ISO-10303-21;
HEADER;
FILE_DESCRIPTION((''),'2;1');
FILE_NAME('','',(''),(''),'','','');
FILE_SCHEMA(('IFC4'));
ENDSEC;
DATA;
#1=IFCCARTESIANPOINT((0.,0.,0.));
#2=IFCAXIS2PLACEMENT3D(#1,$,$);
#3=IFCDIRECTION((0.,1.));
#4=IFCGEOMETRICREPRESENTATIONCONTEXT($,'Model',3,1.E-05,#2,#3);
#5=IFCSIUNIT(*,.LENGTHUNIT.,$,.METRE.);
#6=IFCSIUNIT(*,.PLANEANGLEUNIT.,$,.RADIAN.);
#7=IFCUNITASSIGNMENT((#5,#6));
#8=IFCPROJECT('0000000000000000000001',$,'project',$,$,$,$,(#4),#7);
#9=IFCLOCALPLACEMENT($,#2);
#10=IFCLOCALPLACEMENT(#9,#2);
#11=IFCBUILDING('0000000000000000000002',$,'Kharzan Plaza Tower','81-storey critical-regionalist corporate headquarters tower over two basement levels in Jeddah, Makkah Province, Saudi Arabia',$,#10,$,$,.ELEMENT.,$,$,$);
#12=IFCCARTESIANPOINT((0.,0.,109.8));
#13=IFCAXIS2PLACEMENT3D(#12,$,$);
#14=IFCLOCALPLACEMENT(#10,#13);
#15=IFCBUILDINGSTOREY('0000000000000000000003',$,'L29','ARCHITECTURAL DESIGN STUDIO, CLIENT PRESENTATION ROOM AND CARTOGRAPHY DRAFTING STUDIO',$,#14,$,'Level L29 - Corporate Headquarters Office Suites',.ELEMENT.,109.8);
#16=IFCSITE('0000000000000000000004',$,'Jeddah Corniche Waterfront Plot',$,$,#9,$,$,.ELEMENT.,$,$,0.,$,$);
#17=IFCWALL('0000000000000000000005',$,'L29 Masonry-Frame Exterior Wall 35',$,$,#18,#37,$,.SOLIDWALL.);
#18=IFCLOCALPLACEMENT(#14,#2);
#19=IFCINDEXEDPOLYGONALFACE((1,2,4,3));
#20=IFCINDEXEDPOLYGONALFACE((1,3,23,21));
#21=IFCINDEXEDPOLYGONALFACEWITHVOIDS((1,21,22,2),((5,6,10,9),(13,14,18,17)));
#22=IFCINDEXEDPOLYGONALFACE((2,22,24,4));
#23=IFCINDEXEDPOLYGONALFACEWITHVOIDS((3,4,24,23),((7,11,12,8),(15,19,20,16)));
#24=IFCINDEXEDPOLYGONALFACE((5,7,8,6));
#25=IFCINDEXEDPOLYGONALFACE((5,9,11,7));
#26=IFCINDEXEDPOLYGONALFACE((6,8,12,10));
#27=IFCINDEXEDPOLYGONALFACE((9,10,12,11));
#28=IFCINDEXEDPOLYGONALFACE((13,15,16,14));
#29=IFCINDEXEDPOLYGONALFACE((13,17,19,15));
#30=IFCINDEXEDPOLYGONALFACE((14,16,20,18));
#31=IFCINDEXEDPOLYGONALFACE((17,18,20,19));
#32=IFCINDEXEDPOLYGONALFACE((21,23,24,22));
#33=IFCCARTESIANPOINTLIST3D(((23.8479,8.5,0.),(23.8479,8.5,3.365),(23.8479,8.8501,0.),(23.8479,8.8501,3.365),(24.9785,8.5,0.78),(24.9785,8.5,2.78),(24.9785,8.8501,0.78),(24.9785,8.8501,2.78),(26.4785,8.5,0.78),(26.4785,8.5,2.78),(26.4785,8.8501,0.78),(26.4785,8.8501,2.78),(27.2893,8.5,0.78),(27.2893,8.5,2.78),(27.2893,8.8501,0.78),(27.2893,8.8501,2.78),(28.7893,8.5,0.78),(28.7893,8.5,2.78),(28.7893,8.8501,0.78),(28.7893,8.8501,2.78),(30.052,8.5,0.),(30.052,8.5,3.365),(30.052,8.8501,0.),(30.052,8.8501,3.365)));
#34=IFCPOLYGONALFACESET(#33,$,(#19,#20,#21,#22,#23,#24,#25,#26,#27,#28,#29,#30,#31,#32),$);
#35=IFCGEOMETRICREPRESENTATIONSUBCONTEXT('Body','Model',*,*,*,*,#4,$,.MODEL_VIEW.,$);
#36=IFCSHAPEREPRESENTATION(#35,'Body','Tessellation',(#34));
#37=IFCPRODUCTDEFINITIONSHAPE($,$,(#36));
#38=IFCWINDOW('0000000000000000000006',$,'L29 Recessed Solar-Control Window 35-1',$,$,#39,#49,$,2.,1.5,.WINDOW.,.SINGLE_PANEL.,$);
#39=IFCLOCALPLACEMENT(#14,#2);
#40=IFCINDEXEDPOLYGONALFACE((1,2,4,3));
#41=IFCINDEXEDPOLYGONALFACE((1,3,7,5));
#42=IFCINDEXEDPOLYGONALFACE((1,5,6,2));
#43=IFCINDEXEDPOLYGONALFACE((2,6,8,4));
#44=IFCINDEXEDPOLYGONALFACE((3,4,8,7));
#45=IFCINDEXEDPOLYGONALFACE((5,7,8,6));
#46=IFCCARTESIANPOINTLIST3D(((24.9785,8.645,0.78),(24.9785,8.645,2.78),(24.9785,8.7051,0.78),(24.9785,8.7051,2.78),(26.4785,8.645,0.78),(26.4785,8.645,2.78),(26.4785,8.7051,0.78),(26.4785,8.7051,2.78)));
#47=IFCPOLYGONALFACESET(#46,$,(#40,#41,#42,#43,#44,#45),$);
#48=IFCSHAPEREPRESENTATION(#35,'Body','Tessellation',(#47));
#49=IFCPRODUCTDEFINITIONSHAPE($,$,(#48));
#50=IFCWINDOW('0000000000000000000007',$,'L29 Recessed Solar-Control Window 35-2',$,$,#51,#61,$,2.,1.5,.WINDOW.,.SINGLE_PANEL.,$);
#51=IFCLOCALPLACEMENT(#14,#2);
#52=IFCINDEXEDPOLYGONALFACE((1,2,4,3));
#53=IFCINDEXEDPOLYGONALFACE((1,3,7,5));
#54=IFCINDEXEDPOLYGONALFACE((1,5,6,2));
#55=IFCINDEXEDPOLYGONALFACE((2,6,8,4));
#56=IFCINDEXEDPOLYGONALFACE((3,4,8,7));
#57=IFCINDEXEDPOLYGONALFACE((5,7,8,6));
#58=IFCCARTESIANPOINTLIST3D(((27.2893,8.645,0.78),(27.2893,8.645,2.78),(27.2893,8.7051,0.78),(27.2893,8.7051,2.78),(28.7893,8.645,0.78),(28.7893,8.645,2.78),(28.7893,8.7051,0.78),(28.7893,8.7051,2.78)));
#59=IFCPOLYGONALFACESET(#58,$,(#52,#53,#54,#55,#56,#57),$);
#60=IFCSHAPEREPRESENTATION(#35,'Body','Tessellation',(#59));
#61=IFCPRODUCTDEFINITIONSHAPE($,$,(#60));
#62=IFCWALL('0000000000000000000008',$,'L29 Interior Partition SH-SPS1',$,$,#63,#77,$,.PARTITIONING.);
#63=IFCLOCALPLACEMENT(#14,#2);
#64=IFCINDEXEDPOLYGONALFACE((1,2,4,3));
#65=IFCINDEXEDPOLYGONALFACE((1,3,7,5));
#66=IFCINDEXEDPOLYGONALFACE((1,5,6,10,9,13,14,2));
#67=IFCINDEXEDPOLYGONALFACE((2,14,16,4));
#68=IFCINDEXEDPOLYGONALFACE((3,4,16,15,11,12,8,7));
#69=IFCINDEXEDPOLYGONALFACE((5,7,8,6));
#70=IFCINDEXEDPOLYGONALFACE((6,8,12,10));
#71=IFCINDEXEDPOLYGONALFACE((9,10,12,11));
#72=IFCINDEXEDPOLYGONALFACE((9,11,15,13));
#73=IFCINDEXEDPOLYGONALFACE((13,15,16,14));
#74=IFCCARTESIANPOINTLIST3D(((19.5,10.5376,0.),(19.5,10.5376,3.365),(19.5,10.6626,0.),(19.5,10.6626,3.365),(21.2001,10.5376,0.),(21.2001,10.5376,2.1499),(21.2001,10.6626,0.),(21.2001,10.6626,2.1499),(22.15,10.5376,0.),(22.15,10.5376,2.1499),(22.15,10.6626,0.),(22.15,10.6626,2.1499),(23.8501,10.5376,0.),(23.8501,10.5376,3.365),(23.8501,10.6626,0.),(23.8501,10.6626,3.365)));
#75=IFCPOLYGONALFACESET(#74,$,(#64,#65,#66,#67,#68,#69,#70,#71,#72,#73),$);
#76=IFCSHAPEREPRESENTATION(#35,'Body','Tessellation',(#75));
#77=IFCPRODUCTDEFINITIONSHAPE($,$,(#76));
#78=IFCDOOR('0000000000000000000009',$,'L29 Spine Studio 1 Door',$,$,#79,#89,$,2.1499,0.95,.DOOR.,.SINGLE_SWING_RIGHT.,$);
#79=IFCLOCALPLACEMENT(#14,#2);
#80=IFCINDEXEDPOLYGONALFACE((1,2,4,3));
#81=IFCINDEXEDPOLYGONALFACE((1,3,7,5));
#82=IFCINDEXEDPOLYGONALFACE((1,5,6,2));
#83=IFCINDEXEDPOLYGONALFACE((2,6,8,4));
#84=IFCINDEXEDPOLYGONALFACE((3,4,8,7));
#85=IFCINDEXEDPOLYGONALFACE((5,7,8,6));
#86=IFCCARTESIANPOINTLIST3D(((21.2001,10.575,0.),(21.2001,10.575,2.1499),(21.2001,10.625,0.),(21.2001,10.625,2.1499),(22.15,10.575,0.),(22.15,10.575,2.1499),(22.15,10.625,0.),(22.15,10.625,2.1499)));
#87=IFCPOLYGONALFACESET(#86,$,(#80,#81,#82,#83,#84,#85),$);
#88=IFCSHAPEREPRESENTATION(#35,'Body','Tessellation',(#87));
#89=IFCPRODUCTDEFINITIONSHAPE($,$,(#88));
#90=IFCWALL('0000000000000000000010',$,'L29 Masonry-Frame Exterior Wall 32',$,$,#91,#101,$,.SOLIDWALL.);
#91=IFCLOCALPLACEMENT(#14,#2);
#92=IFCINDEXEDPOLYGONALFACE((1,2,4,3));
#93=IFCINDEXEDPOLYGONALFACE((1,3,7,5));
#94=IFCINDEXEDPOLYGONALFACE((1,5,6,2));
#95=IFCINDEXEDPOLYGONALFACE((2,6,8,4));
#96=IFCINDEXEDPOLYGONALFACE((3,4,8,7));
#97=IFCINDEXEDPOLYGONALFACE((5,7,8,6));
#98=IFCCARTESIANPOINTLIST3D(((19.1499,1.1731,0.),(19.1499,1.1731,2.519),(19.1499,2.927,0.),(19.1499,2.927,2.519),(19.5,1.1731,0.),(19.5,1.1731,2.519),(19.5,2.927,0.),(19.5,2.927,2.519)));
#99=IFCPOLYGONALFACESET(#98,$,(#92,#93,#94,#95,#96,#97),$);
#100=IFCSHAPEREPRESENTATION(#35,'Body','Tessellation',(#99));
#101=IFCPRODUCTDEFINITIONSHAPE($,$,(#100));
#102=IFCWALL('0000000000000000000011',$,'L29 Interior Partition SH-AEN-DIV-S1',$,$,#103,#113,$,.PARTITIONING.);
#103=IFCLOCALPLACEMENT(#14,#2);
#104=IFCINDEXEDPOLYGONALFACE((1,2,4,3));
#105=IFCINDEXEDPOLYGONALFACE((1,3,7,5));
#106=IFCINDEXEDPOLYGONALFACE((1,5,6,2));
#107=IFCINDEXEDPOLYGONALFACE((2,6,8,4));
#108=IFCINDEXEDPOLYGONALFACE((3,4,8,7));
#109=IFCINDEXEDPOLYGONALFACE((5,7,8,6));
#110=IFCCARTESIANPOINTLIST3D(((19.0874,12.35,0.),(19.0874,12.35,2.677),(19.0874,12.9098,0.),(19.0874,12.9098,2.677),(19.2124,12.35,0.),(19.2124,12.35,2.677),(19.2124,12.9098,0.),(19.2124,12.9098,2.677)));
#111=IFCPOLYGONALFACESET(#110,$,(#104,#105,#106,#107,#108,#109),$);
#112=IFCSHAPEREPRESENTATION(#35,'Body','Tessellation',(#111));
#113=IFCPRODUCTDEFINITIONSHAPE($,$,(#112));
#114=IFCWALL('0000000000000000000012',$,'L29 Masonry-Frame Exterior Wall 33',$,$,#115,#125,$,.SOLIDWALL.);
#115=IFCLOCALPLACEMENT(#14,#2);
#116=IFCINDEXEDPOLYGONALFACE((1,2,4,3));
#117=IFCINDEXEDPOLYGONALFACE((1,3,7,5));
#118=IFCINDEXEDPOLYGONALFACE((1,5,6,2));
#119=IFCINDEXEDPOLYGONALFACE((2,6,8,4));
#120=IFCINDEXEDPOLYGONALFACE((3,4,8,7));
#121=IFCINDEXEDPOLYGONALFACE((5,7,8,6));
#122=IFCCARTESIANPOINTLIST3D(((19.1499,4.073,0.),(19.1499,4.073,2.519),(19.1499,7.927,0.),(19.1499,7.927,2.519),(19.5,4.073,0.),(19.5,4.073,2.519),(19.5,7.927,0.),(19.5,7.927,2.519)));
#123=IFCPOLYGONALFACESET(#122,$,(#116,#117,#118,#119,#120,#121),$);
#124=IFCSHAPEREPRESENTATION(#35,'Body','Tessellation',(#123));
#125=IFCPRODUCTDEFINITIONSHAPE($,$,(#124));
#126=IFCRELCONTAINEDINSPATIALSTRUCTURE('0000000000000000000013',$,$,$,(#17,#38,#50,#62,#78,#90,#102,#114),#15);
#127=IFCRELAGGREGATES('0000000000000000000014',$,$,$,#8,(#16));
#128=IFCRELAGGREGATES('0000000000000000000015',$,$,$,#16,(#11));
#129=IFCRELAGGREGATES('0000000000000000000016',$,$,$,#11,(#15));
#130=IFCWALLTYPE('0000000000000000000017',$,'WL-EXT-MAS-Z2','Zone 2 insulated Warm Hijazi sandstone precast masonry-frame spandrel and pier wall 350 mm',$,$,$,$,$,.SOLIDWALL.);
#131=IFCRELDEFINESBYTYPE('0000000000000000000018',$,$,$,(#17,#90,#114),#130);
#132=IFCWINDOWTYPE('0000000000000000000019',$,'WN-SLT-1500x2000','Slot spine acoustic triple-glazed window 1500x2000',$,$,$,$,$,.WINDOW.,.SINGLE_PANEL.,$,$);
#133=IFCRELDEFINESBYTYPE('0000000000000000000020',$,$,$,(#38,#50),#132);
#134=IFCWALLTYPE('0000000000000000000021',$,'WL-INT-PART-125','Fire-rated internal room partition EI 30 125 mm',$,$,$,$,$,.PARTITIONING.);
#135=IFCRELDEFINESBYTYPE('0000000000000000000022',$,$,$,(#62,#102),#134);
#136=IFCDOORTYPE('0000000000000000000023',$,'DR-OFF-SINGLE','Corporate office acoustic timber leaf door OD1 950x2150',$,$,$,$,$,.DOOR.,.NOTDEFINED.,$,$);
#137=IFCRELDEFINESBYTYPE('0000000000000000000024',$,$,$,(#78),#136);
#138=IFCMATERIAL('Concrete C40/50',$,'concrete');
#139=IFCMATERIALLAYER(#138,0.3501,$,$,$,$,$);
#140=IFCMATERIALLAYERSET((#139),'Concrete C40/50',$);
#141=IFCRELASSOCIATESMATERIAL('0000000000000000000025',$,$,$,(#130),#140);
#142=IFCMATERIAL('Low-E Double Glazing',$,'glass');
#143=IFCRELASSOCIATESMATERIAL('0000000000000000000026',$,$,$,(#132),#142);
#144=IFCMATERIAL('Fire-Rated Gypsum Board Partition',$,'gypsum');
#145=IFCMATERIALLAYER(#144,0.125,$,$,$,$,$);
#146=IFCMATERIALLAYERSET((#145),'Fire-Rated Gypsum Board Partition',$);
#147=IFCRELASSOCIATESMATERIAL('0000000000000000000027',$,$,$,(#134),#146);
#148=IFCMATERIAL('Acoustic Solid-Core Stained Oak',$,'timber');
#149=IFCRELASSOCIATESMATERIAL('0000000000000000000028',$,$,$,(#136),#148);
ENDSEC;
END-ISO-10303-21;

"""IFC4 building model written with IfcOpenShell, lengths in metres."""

from ifc_helpers import new_model, si_unit, direction, frame, frame_2d, origin, place, context, subcontext, project, spatial, rectangle, extrude, source, transform, mapped, material, layer, layer_set, type_object, element, fill, save


model = new_model("IFC4")

# Units and contexts
model_context = context("Model", 3, precision=1e-05, world=origin(), true_north=direction((0.0, 1.0)))
body_context = subcontext(model_context, "Body", "Model", "MODEL_VIEW")
ifc_project = project(units=[si_unit("LENGTHUNIT", "METRE"), si_unit("PLANEANGLEUNIT", "RADIAN")], contexts=[model_context])

# Site, building, storey
site_placement = place(None, origin())
site = spatial("IfcSite", under=ifc_project, at=site_placement, Name="Jeddah Corniche Waterfront Plot", CompositionType="ELEMENT", RefElevation=0.0)
building_placement = place(site_placement, origin())
building = spatial("IfcBuilding", under=site, at=building_placement, Name="Kharzan Plaza Tower", Description="81-storey critical-regionalist corporate headquarters tower over two basement levels in Jeddah, Makkah Province, Saudi Arabia", CompositionType="ELEMENT")
storey_placement = place(building_placement, frame((0.0, 0.0, 109.8)))
storey = spatial("IfcBuildingStorey", under=building, at=storey_placement, Name="L29", Description="ARCHITECTURAL DESIGN STUDIO, CLIENT PRESENTATION ROOM AND CARTOGRAPHY DRAFTING STUDIO", LongName="Level L29 - Corporate Headquarters Office Suites", CompositionType="ELEMENT", Elevation=109.8)

# Shared definitions
ifc_material_1 = material(Name="Concrete C40/50", Category="concrete")
ifc_layer_1 = layer(ifc_material_1, 0.3501)
ifc_layer_set_1 = layer_set([ifc_layer_1], Name="Concrete C40/50")
wall_type_1 = type_object("IfcWallType", Name="WL-EXT-MAS-Z2", Description="Zone 2 insulated Warm Hijazi sandstone precast masonry-frame spandrel and pier wall 350 mm", PredefinedType="SOLIDWALL", material=ifc_layer_set_1)
ifc_material_2 = material(Name="Low-E Double Glazing", Category="glass")
window_type = type_object("IfcWindowType", Name="WN-SLT-1500x2000", Description="Slot spine acoustic triple-glazed window 1500x2000", PartitioningType="SINGLE_PANEL", PredefinedType="WINDOW", material=ifc_material_2)
shared_shape_1 = source(origin(), body_context, "Body", "SweptSolid", [
    extrude(rectangle(XDim=1.5, YDim=2.0, at=frame_2d((0.75, 1.0))), frame((0.0, 0.03, 0.0), z_axis=(0.0, -1.0, 0.0), x_axis=(1.0, 0.0, 0.0)), (0.0, 0.0, 1.0), 0.0601),
])

# Wall, openings, windows
wall_1_placement = place(storey_placement, frame((23.8479, 8.675, 0.0), z_axis=(0.0, 0.0, 1.0), x_axis=(1.0, 0.0, 0.0)))
wall_1 = element("IfcWall", 1, at=wall_1_placement, inside=storey, type_object=wall_type_1, Name="L29 Masonry-Frame Exterior Wall 35", PredefinedType="SOLIDWALL", context=body_context, shape_type="SweptSolid", body=[
    extrude(rectangle(XDim=6.2041, YDim=0.3501, at=frame_2d((3.1021, 0.0))), origin(), (0.0, 0.0, 1.0), 3.365),
])
opening_1_placement = place(wall_1_placement, frame((1.1306, 0.0, 0.78)))
opening_1 = element("IfcOpeningElement", 2, at=opening_1_placement, cuts=wall_1, PredefinedType="OPENING", context=body_context, shape_type="SweptSolid", body=[
    extrude(rectangle(XDim=1.5, YDim=2.0, at=frame_2d((0.75, 1.0))), frame((0.0, 0.1851, 0.0), z_axis=(0.0, -1.0, 0.0), x_axis=(1.0, 0.0, 0.0)), (0.0, 0.0, 1.0), 0.3701),
])
opening_2_placement = place(wall_1_placement, frame((3.4414, 0.0, 0.78)))
opening_2 = element("IfcOpeningElement", 3, at=opening_2_placement, cuts=wall_1, PredefinedType="OPENING", context=body_context, shape_type="SweptSolid", body=[
    extrude(rectangle(XDim=1.5, YDim=2.0, at=frame_2d((0.75, 1.0))), frame((0.0, 0.1851, 0.0), z_axis=(0.0, -1.0, 0.0), x_axis=(1.0, 0.0, 0.0)), (0.0, 0.0, 1.0), 0.3701),
])
window_1_placement = place(opening_1_placement, origin())
window_1 = element("IfcWindow", 4, at=window_1_placement, inside=storey, type_object=window_type, Name="L29 Recessed Solar-Control Window 35-1", OverallHeight=2.0, OverallWidth=1.5, PartitioningType="SINGLE_PANEL", PredefinedType="WINDOW", context=body_context, shape_type="MappedRepresentation", body=[
    mapped(shared_shape_1, transform((0.0, 0.0, 0.0), x_axis=(1.0, 0.0, 0.0), y_axis=(0.0, 1.0, 0.0), z_axis=(0.0, 0.0, 1.0))),
])
fill(opening_1, window_1)
window_2_placement = place(opening_2_placement, origin())
window_2 = element("IfcWindow", 5, at=window_2_placement, inside=storey, type_object=window_type, Name="L29 Recessed Solar-Control Window 35-2", OverallHeight=2.0, OverallWidth=1.5, PartitioningType="SINGLE_PANEL", PredefinedType="WINDOW", context=body_context, shape_type="MappedRepresentation", body=[
    mapped(shared_shape_1, transform((0.0, 0.0, 0.0), x_axis=(1.0, 0.0, 0.0), y_axis=(0.0, 1.0, 0.0), z_axis=(0.0, 0.0, 1.0))),
])
fill(opening_2, window_2)

# Wall, opening, door
ifc_material_3 = material(Name="Fire-Rated Gypsum Board Partition", Category="gypsum")
ifc_layer_2 = layer(ifc_material_3, 0.125)
ifc_layer_set_2 = layer_set([ifc_layer_2], Name="Fire-Rated Gypsum Board Partition")
wall_type_2 = type_object("IfcWallType", Name="WL-INT-PART-125", Description="Fire-rated internal room partition EI 30 125 mm", PredefinedType="PARTITIONING", material=ifc_layer_set_2)
wall_2_placement = place(storey_placement, frame((19.5, 10.6001, 0.0), z_axis=(0.0, 0.0, 1.0), x_axis=(1.0, 0.0, 0.0)))
wall_2 = element("IfcWall", 6, at=wall_2_placement, inside=storey, type_object=wall_type_2, Name="L29 Interior Partition SH-SPS1", PredefinedType="PARTITIONING", context=body_context, shape_type="SweptSolid", body=[
    extrude(rectangle(XDim=4.3501, YDim=0.125, at=frame_2d((2.175, 0.0))), origin(), (0.0, 0.0, 1.0), 3.365),
])
opening_3_placement = place(wall_2_placement, frame((1.7, 0.0, 0.0)))
opening_3 = element("IfcOpeningElement", 7, at=opening_3_placement, cuts=wall_2, PredefinedType="OPENING", context=body_context, shape_type="SweptSolid", body=[
    extrude(rectangle(XDim=0.95, YDim=2.1499, at=frame_2d((0.4751, 1.075))), frame((0.0, 0.0725, 0.0), z_axis=(0.0, -1.0, 0.0), x_axis=(1.0, 0.0, 0.0)), (0.0, 0.0, 1.0), 0.145),
])
ifc_material_4 = material(Name="Acoustic Solid-Core Stained Oak", Category="timber")
door_type = type_object("IfcDoorType", Name="DR-OFF-SINGLE", Description="Corporate office acoustic timber leaf door OD1 950x2150", OperationType="NOTDEFINED", PredefinedType="DOOR", material=ifc_material_4)
shared_shape_2 = source(origin(), body_context, "Body", "SweptSolid", [
    extrude(rectangle(XDim=0.95, YDim=2.1499, at=frame_2d((0.4751, 1.075))), frame((0.0, 0.0249, 0.0), z_axis=(0.0, -1.0, 0.0), x_axis=(1.0, 0.0, 0.0)), (0.0, 0.0, 1.0), 0.05),
])
door_placement = place(opening_3_placement, origin())
door = element("IfcDoor", 8, at=door_placement, inside=storey, type_object=door_type, Name="L29 Spine Studio 1 Door", OperationType="SINGLE_SWING_RIGHT", OverallHeight=2.1499, OverallWidth=0.95, PredefinedType="DOOR", context=body_context, shape_type="MappedRepresentation", body=[
    mapped(shared_shape_2, transform((0.0, 0.0, 0.0), x_axis=(1.0, 0.0, 0.0), y_axis=(0.0, 1.0, 0.0), z_axis=(0.0, 0.0, 1.0))),
])
fill(opening_3, door)

# Walls
shared_shape_3 = source(origin(), body_context, "Body", "SweptSolid", [
    extrude(rectangle(XDim=1.7539, YDim=0.3501, at=frame_2d((0.877, 0.0))), origin(), (0.0, 0.0, 1.0), 2.519),
])
wall_3_placement = place(storey_placement, frame((19.325, 1.1731, 0.0), z_axis=(0.0, 0.0, 1.0), x_axis=(0.0, 1.0, 0.0)))
element("IfcWall", 9, at=wall_3_placement, inside=storey, type_object=wall_type_1, Name="L29 Masonry-Frame Exterior Wall 32", PredefinedType="SOLIDWALL", context=body_context, shape_type="MappedRepresentation", body=[
    mapped(shared_shape_3, transform((0.0, 0.0, 0.0), x_axis=(1.0, 0.0, 0.0), y_axis=(0.0, 1.0, 0.0), z_axis=(0.0, 0.0, 1.0))),
])
shared_shape_4 = source(origin(), body_context, "Body", "SweptSolid", [
    extrude(rectangle(XDim=0.5598, YDim=0.125, at=frame_2d((0.2798, 0.0))), origin(), (0.0, 0.0, 1.0), 2.677),
])
wall_4_placement = place(storey_placement, frame((19.1499, 12.3501, 0.0), z_axis=(0.0, 0.0, 1.0), x_axis=(0.0, 1.0, 0.0)))
element("IfcWall", 10, at=wall_4_placement, inside=storey, type_object=wall_type_2, Name="L29 Interior Partition SH-AEN-DIV-S1", PredefinedType="PARTITIONING", context=body_context, shape_type="MappedRepresentation", body=[
    mapped(shared_shape_4, transform((0.0, 0.0, 0.0), x_axis=(1.0, 0.0, 0.0), y_axis=(0.0, 1.0, 0.0), z_axis=(0.0, 0.0, 1.0))),
])
shared_shape_5 = source(origin(), body_context, "Body", "SweptSolid", [
    extrude(rectangle(XDim=3.854, YDim=0.3501, at=frame_2d((1.927, 0.0))), origin(), (0.0, 0.0, 1.0), 2.519),
])
wall_5_placement = place(storey_placement, frame((19.325, 4.073, 0.0), z_axis=(0.0, 0.0, 1.0), x_axis=(0.0, 1.0, 0.0)))
element("IfcWall", 11, at=wall_5_placement, inside=storey, type_object=wall_type_1, Name="L29 Masonry-Frame Exterior Wall 33", PredefinedType="SOLIDWALL", context=body_context, shape_type="MappedRepresentation", body=[
    mapped(shared_shape_5, transform((0.0, 0.0, 0.0), x_axis=(1.0, 0.0, 0.0), y_axis=(0.0, 1.0, 0.0), z_axis=(0.0, 0.0, 1.0))),
])

save(model, "model.ifc")
